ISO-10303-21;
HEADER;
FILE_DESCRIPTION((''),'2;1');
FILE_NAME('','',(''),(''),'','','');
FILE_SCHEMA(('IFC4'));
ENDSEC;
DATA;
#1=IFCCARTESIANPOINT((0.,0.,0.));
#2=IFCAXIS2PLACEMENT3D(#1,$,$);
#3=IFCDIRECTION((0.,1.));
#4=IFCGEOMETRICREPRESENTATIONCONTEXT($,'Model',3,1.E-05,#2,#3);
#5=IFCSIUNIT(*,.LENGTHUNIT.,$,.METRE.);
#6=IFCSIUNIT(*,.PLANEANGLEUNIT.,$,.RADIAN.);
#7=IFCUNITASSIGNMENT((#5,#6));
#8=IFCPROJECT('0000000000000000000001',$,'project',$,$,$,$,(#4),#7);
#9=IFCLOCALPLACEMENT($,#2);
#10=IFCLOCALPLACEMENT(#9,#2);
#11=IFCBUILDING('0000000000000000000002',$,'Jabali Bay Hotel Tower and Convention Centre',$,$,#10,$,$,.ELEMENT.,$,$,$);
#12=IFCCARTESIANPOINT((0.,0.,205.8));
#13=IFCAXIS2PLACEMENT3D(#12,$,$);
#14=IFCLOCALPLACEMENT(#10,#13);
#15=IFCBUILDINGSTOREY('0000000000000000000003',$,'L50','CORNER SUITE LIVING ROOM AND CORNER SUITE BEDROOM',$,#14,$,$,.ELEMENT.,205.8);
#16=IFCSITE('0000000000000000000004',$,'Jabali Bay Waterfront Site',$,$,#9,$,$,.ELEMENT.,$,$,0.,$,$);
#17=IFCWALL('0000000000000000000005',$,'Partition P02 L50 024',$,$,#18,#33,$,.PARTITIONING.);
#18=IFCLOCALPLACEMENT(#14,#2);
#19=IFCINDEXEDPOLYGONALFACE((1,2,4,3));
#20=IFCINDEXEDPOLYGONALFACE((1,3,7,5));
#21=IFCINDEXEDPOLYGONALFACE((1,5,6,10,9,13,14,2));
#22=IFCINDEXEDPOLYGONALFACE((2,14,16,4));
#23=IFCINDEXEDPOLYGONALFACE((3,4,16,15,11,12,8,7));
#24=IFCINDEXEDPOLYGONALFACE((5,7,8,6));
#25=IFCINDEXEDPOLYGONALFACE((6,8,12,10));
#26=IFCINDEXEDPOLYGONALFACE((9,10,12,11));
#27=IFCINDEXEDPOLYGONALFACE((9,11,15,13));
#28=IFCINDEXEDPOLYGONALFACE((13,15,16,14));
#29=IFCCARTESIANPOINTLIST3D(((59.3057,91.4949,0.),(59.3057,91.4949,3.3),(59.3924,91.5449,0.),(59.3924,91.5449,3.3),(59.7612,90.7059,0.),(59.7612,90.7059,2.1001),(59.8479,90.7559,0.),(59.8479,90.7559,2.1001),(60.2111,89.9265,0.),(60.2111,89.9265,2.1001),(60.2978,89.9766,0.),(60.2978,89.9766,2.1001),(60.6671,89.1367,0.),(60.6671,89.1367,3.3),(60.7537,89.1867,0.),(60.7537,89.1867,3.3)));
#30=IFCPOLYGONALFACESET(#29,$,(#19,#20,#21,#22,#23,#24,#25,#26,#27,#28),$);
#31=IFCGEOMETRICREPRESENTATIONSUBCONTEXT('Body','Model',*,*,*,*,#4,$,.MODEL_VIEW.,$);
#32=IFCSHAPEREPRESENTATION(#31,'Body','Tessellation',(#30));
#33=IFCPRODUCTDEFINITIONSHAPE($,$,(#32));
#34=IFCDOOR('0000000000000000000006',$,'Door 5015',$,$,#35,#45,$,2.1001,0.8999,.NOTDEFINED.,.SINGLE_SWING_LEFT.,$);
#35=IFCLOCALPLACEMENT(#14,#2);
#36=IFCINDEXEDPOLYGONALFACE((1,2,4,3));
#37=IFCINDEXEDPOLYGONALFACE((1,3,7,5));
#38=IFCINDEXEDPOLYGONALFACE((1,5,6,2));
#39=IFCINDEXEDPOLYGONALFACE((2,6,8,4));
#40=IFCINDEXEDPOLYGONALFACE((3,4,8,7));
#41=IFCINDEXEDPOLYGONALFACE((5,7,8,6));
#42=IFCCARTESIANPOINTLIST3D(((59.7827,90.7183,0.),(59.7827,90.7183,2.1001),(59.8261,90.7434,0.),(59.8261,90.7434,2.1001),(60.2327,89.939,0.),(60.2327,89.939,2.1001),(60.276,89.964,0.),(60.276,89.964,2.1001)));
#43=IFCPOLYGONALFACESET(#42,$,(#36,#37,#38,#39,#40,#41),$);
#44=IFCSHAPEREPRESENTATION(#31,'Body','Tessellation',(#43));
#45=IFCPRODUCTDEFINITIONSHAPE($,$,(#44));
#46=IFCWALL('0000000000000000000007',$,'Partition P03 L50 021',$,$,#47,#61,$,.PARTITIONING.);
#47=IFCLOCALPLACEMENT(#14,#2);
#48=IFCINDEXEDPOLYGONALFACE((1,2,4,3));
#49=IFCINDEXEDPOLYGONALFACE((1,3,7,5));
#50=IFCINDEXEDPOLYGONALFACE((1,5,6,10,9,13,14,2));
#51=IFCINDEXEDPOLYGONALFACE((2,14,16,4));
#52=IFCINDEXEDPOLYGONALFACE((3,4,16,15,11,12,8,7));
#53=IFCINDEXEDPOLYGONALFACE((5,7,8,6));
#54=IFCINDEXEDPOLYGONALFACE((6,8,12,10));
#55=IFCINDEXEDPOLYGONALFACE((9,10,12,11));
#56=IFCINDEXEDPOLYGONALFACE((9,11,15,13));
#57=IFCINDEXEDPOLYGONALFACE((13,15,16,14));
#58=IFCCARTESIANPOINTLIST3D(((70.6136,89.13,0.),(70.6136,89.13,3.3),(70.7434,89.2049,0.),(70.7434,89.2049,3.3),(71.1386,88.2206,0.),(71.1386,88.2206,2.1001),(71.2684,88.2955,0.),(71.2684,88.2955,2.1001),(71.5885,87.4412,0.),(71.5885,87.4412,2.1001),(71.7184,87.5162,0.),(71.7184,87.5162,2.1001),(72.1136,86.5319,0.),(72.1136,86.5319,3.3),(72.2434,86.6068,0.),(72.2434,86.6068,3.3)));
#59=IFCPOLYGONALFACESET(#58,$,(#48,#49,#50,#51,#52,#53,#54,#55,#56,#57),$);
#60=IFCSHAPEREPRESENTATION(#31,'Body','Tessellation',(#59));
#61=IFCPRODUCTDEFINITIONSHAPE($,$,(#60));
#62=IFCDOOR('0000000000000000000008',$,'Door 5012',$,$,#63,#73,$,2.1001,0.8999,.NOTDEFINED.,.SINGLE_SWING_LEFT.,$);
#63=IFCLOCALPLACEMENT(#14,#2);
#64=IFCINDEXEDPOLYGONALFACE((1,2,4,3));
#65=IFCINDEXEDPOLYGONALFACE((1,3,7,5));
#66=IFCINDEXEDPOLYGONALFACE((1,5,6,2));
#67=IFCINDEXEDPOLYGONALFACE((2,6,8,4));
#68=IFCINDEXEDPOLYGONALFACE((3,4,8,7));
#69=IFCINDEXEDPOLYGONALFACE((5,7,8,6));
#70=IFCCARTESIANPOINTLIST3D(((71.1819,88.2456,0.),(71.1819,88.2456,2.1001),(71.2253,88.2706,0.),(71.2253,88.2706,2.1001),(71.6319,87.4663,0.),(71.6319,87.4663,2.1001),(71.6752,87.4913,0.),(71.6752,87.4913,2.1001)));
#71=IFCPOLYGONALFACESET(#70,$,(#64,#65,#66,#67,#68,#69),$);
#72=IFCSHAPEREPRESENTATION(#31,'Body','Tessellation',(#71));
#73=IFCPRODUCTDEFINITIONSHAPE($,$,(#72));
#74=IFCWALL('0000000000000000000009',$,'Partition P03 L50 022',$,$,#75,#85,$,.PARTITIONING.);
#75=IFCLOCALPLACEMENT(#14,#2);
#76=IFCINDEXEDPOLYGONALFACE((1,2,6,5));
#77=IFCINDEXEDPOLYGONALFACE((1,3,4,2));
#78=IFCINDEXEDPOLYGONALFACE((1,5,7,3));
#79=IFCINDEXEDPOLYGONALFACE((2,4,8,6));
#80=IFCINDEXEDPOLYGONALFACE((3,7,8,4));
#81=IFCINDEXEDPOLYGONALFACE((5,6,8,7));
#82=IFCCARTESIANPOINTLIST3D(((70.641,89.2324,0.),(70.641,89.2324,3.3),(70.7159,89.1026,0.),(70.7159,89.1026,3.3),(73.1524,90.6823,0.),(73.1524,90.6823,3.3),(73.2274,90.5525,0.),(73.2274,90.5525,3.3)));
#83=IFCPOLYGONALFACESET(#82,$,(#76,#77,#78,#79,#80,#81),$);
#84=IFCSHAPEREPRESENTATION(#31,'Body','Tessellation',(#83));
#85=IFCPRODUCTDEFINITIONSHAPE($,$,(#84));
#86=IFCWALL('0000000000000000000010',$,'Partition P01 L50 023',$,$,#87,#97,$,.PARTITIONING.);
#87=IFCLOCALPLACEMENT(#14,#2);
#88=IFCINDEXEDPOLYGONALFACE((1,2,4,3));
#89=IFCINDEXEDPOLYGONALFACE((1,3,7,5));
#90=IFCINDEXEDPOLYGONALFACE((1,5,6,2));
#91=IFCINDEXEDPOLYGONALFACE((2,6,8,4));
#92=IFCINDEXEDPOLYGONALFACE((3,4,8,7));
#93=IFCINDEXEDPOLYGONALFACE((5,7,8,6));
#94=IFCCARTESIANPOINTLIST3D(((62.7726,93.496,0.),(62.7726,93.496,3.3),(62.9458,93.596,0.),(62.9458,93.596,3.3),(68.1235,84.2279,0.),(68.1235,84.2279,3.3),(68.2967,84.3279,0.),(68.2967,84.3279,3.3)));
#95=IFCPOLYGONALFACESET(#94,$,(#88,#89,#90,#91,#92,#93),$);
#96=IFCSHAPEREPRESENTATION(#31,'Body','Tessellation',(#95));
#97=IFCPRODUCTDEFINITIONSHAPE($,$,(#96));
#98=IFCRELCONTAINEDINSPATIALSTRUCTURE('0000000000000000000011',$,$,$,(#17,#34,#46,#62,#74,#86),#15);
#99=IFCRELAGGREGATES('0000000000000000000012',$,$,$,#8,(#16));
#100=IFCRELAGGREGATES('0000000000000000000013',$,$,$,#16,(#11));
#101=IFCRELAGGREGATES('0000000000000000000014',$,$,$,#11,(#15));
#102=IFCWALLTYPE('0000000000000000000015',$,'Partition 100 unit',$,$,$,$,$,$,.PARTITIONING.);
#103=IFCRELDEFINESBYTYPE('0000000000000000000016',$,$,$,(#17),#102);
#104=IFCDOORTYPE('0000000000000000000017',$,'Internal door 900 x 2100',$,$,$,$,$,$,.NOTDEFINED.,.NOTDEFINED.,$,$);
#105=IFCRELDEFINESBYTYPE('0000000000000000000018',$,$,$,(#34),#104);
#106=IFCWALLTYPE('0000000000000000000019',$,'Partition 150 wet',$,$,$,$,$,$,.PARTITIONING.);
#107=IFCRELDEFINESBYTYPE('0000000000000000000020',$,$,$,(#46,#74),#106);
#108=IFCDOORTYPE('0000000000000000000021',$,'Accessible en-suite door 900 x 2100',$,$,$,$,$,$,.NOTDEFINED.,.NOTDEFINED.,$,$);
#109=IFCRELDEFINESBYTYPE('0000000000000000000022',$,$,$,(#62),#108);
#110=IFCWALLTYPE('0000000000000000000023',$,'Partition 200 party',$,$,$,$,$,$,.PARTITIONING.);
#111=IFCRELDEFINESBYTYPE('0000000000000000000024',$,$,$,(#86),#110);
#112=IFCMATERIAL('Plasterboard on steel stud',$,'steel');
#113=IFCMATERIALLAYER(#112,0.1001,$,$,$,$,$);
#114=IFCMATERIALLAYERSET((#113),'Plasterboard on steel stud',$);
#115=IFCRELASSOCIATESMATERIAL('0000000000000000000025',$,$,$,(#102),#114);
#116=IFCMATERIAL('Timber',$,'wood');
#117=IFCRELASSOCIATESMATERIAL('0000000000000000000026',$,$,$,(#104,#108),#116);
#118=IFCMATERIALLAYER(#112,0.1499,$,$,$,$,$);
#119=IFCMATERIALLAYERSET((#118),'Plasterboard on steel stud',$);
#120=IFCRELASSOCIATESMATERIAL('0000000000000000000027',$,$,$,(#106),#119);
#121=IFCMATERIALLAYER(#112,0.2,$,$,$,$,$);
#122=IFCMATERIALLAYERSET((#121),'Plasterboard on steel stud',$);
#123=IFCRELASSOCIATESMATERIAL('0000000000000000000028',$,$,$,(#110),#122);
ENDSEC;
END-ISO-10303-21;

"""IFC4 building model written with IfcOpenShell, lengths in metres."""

from ifc_helpers import new_model, si_unit, direction, frame, frame_2d, origin, place, context, subcontext, project, spatial, rectangle, extrude, material, layer, layer_set, type_object, element, fill, save


model = new_model("IFC4")

# Units and contexts
model_context = context("Model", 3, precision=1e-05, world=origin(), true_north=direction((0.0, 1.0)))
body_context = subcontext(model_context, "Body", "Model", "MODEL_VIEW")
ifc_project = project(units=[si_unit("LENGTHUNIT", "METRE"), si_unit("PLANEANGLEUNIT", "RADIAN")], contexts=[model_context])

# Site, building, storey
site_placement = place(None, origin())
site = spatial("IfcSite", under=ifc_project, at=site_placement, Name="Jabali Bay Waterfront Site", CompositionType="ELEMENT", RefElevation=0.0)
building_placement = place(site_placement, origin())
building = spatial("IfcBuilding", under=site, at=building_placement, Name="Jabali Bay Hotel Tower and Convention Centre", CompositionType="ELEMENT")
storey_placement = place(building_placement, frame((0.0, 0.0, 205.8)))
storey = spatial("IfcBuildingStorey", under=building, at=storey_placement, Name="L50", Description="CORNER SUITE LIVING ROOM AND CORNER SUITE BEDROOM", CompositionType="ELEMENT", Elevation=205.8)

# Shared definitions
ifc_material_1 = material(Name="Timber", Category="wood")

# Walls, openings, doors
ifc_material_2 = material(Name="Plasterboard on steel stud", Category="steel")
ifc_layer_1 = layer(ifc_material_2, 0.1001)
ifc_layer_set_1 = layer_set([ifc_layer_1], Name="Plasterboard on steel stud")
wall_type_1 = type_object("IfcWallType", Name="Partition 100 unit", PredefinedType="PARTITIONING", material=ifc_layer_set_1)
wall_1_placement = place(storey_placement, frame((59.3491, 91.5198, 0.0), z_axis=(0.0, 0.0, 1.0), x_axis=(0.499958, -0.86605, 0.0)))
wall_1 = element("IfcWall", 1, at=wall_1_placement, inside=storey, type_object=wall_type_1, Name="Partition P02 L50 024", PredefinedType="PARTITIONING", context=body_context, shape_type="SweptSolid", body=[
    extrude(rectangle(XDim=2.7229, YDim=0.1001, at=frame_2d((1.3613, 0.0))), origin(), (0.0, 0.0, 1.0), 3.3),
])
opening_1_placement = place(wall_1_placement, frame((0.9109, 0.0, 0.0)))
opening_1 = element("IfcOpeningElement", 2, at=opening_1_placement, cuts=wall_1, PredefinedType="OPENING", context=body_context, shape_type="SweptSolid", body=[
    extrude(rectangle(XDim=0.8999, YDim=2.1001, at=frame_2d((0.45, 1.05))), frame((0.0, 0.0605, 0.0), z_axis=(0.0, -1.0, 0.0), x_axis=(1.0, 0.0, 0.0)), (0.0, 0.0, 1.0), 0.1211),
])
door_type_1 = type_object("IfcDoorType", Name="Internal door 900 x 2100", OperationType="NOTDEFINED", PredefinedType="NOTDEFINED", material=ifc_material_1)
door_1_placement = place(opening_1_placement, origin())
door_1 = element("IfcDoor", 3, at=door_1_placement, inside=storey, type_object=door_type_1, Name="Door 5015", OperationType="SINGLE_SWING_LEFT", OverallHeight=2.1001, OverallWidth=0.8999, PredefinedType="NOTDEFINED", context=body_context, shape_type="SweptSolid", body=[
    extrude(rectangle(XDim=0.8999, YDim=2.1001, at=frame_2d((0.45, 1.05))), frame((0.0, 0.0249, 0.0), z_axis=(0.0, -1.0, 0.0), x_axis=(1.0, 0.0, 0.0)), (0.0, 0.0, 1.0), 0.05),
])
fill(opening_1, door_1)
ifc_layer_2 = layer(ifc_material_2, 0.1499)
ifc_layer_set_2 = layer_set([ifc_layer_2], Name="Plasterboard on steel stud")
wall_type_2 = type_object("IfcWallType", Name="Partition 150 wet", PredefinedType="PARTITIONING", material=ifc_layer_set_2)
wall_2_placement = place(storey_placement, frame((72.1785, 86.5693, 0.0), z_axis=(0.0, 0.0, 1.0), x_axis=(-0.49999, 0.866031, 0.0)))
wall_2 = element("IfcWall", 4, at=wall_2_placement, inside=storey, type_object=wall_type_2, Name="Partition P03 L50 021", PredefinedType="PARTITIONING", context=body_context, shape_type="SweptSolid", body=[
    extrude(rectangle(XDim=3.0, YDim=0.1499, at=frame_2d((1.5, 0.0))), origin(), (0.0, 0.0, 1.0), 3.3),
])
opening_2_placement = place(wall_2_placement, frame((1.05, 0.0, 0.0)))
opening_2 = element("IfcOpeningElement", 5, at=opening_2_placement, cuts=wall_2, PredefinedType="OPENING", context=body_context, shape_type="SweptSolid", body=[
    extrude(rectangle(XDim=0.8999, YDim=2.1001, at=frame_2d((0.45, 1.05))), frame((0.0, 0.0854, 0.0), z_axis=(0.0, -1.0, 0.0), x_axis=(1.0, 0.0, 0.0)), (0.0, 0.0, 1.0), 0.1709),
])
door_type_2 = type_object("IfcDoorType", Name="Accessible en-suite door 900 x 2100", OperationType="NOTDEFINED", PredefinedType="NOTDEFINED", material=ifc_material_1)
door_2_placement = place(opening_2_placement, origin())
door_2 = element("IfcDoor", 6, at=door_2_placement, inside=storey, type_object=door_type_2, Name="Door 5012", OperationType="SINGLE_SWING_LEFT", OverallHeight=2.1001, OverallWidth=0.8999, PredefinedType="NOTDEFINED", context=body_context, shape_type="SweptSolid", body=[
    extrude(rectangle(XDim=0.8999, YDim=2.1001, at=frame_2d((0.45, 1.05))), frame((0.0, 0.0249, 0.0), z_axis=(0.0, -1.0, 0.0), x_axis=(1.0, 0.0, 0.0)), (0.0, 0.0, 1.0), 0.05),
])
fill(opening_2, door_2)

# Walls
wall_3_placement = place(storey_placement, frame((70.6785, 89.1675, 0.0), z_axis=(0.0, 0.0, 1.0), x_axis=(0.866033, 0.499987, 0.0)))
element("IfcWall", 7, at=wall_3_placement, inside=storey, type_object=wall_type_2, Name="Partition P03 L50 022", PredefinedType="PARTITIONING", context=body_context, shape_type="SweptSolid", body=[
    extrude(rectangle(XDim=2.8999, YDim=0.1499, at=frame_2d((1.45, 0.0))), origin(), (0.0, 0.0, 1.0), 3.3),
])
ifc_layer_3 = layer(ifc_material_2, 0.2)
ifc_layer_set_3 = layer_set([ifc_layer_3], Name="Plasterboard on steel stud")
wall_type_3 = type_object("IfcWallType", Name="Partition 200 party", PredefinedType="PARTITIONING", material=ifc_layer_set_3)
wall_4_placement = place(storey_placement, frame((62.8591, 93.5461, 0.0), z_axis=(0.0, 0.0, 1.0), x_axis=(0.499994, -0.866029, 0.0)))
element("IfcWall", 8, at=wall_4_placement, inside=storey, type_object=wall_type_3, Name="Partition P01 L50 023", PredefinedType="PARTITIONING", context=body_context, shape_type="SweptSolid", body=[
    extrude(rectangle(XDim=10.7019, YDim=0.2, at=frame_2d((5.3511, 0.0))), origin(), (0.0, 0.0, 1.0), 3.3),
])

save(model, "model.ifc")
